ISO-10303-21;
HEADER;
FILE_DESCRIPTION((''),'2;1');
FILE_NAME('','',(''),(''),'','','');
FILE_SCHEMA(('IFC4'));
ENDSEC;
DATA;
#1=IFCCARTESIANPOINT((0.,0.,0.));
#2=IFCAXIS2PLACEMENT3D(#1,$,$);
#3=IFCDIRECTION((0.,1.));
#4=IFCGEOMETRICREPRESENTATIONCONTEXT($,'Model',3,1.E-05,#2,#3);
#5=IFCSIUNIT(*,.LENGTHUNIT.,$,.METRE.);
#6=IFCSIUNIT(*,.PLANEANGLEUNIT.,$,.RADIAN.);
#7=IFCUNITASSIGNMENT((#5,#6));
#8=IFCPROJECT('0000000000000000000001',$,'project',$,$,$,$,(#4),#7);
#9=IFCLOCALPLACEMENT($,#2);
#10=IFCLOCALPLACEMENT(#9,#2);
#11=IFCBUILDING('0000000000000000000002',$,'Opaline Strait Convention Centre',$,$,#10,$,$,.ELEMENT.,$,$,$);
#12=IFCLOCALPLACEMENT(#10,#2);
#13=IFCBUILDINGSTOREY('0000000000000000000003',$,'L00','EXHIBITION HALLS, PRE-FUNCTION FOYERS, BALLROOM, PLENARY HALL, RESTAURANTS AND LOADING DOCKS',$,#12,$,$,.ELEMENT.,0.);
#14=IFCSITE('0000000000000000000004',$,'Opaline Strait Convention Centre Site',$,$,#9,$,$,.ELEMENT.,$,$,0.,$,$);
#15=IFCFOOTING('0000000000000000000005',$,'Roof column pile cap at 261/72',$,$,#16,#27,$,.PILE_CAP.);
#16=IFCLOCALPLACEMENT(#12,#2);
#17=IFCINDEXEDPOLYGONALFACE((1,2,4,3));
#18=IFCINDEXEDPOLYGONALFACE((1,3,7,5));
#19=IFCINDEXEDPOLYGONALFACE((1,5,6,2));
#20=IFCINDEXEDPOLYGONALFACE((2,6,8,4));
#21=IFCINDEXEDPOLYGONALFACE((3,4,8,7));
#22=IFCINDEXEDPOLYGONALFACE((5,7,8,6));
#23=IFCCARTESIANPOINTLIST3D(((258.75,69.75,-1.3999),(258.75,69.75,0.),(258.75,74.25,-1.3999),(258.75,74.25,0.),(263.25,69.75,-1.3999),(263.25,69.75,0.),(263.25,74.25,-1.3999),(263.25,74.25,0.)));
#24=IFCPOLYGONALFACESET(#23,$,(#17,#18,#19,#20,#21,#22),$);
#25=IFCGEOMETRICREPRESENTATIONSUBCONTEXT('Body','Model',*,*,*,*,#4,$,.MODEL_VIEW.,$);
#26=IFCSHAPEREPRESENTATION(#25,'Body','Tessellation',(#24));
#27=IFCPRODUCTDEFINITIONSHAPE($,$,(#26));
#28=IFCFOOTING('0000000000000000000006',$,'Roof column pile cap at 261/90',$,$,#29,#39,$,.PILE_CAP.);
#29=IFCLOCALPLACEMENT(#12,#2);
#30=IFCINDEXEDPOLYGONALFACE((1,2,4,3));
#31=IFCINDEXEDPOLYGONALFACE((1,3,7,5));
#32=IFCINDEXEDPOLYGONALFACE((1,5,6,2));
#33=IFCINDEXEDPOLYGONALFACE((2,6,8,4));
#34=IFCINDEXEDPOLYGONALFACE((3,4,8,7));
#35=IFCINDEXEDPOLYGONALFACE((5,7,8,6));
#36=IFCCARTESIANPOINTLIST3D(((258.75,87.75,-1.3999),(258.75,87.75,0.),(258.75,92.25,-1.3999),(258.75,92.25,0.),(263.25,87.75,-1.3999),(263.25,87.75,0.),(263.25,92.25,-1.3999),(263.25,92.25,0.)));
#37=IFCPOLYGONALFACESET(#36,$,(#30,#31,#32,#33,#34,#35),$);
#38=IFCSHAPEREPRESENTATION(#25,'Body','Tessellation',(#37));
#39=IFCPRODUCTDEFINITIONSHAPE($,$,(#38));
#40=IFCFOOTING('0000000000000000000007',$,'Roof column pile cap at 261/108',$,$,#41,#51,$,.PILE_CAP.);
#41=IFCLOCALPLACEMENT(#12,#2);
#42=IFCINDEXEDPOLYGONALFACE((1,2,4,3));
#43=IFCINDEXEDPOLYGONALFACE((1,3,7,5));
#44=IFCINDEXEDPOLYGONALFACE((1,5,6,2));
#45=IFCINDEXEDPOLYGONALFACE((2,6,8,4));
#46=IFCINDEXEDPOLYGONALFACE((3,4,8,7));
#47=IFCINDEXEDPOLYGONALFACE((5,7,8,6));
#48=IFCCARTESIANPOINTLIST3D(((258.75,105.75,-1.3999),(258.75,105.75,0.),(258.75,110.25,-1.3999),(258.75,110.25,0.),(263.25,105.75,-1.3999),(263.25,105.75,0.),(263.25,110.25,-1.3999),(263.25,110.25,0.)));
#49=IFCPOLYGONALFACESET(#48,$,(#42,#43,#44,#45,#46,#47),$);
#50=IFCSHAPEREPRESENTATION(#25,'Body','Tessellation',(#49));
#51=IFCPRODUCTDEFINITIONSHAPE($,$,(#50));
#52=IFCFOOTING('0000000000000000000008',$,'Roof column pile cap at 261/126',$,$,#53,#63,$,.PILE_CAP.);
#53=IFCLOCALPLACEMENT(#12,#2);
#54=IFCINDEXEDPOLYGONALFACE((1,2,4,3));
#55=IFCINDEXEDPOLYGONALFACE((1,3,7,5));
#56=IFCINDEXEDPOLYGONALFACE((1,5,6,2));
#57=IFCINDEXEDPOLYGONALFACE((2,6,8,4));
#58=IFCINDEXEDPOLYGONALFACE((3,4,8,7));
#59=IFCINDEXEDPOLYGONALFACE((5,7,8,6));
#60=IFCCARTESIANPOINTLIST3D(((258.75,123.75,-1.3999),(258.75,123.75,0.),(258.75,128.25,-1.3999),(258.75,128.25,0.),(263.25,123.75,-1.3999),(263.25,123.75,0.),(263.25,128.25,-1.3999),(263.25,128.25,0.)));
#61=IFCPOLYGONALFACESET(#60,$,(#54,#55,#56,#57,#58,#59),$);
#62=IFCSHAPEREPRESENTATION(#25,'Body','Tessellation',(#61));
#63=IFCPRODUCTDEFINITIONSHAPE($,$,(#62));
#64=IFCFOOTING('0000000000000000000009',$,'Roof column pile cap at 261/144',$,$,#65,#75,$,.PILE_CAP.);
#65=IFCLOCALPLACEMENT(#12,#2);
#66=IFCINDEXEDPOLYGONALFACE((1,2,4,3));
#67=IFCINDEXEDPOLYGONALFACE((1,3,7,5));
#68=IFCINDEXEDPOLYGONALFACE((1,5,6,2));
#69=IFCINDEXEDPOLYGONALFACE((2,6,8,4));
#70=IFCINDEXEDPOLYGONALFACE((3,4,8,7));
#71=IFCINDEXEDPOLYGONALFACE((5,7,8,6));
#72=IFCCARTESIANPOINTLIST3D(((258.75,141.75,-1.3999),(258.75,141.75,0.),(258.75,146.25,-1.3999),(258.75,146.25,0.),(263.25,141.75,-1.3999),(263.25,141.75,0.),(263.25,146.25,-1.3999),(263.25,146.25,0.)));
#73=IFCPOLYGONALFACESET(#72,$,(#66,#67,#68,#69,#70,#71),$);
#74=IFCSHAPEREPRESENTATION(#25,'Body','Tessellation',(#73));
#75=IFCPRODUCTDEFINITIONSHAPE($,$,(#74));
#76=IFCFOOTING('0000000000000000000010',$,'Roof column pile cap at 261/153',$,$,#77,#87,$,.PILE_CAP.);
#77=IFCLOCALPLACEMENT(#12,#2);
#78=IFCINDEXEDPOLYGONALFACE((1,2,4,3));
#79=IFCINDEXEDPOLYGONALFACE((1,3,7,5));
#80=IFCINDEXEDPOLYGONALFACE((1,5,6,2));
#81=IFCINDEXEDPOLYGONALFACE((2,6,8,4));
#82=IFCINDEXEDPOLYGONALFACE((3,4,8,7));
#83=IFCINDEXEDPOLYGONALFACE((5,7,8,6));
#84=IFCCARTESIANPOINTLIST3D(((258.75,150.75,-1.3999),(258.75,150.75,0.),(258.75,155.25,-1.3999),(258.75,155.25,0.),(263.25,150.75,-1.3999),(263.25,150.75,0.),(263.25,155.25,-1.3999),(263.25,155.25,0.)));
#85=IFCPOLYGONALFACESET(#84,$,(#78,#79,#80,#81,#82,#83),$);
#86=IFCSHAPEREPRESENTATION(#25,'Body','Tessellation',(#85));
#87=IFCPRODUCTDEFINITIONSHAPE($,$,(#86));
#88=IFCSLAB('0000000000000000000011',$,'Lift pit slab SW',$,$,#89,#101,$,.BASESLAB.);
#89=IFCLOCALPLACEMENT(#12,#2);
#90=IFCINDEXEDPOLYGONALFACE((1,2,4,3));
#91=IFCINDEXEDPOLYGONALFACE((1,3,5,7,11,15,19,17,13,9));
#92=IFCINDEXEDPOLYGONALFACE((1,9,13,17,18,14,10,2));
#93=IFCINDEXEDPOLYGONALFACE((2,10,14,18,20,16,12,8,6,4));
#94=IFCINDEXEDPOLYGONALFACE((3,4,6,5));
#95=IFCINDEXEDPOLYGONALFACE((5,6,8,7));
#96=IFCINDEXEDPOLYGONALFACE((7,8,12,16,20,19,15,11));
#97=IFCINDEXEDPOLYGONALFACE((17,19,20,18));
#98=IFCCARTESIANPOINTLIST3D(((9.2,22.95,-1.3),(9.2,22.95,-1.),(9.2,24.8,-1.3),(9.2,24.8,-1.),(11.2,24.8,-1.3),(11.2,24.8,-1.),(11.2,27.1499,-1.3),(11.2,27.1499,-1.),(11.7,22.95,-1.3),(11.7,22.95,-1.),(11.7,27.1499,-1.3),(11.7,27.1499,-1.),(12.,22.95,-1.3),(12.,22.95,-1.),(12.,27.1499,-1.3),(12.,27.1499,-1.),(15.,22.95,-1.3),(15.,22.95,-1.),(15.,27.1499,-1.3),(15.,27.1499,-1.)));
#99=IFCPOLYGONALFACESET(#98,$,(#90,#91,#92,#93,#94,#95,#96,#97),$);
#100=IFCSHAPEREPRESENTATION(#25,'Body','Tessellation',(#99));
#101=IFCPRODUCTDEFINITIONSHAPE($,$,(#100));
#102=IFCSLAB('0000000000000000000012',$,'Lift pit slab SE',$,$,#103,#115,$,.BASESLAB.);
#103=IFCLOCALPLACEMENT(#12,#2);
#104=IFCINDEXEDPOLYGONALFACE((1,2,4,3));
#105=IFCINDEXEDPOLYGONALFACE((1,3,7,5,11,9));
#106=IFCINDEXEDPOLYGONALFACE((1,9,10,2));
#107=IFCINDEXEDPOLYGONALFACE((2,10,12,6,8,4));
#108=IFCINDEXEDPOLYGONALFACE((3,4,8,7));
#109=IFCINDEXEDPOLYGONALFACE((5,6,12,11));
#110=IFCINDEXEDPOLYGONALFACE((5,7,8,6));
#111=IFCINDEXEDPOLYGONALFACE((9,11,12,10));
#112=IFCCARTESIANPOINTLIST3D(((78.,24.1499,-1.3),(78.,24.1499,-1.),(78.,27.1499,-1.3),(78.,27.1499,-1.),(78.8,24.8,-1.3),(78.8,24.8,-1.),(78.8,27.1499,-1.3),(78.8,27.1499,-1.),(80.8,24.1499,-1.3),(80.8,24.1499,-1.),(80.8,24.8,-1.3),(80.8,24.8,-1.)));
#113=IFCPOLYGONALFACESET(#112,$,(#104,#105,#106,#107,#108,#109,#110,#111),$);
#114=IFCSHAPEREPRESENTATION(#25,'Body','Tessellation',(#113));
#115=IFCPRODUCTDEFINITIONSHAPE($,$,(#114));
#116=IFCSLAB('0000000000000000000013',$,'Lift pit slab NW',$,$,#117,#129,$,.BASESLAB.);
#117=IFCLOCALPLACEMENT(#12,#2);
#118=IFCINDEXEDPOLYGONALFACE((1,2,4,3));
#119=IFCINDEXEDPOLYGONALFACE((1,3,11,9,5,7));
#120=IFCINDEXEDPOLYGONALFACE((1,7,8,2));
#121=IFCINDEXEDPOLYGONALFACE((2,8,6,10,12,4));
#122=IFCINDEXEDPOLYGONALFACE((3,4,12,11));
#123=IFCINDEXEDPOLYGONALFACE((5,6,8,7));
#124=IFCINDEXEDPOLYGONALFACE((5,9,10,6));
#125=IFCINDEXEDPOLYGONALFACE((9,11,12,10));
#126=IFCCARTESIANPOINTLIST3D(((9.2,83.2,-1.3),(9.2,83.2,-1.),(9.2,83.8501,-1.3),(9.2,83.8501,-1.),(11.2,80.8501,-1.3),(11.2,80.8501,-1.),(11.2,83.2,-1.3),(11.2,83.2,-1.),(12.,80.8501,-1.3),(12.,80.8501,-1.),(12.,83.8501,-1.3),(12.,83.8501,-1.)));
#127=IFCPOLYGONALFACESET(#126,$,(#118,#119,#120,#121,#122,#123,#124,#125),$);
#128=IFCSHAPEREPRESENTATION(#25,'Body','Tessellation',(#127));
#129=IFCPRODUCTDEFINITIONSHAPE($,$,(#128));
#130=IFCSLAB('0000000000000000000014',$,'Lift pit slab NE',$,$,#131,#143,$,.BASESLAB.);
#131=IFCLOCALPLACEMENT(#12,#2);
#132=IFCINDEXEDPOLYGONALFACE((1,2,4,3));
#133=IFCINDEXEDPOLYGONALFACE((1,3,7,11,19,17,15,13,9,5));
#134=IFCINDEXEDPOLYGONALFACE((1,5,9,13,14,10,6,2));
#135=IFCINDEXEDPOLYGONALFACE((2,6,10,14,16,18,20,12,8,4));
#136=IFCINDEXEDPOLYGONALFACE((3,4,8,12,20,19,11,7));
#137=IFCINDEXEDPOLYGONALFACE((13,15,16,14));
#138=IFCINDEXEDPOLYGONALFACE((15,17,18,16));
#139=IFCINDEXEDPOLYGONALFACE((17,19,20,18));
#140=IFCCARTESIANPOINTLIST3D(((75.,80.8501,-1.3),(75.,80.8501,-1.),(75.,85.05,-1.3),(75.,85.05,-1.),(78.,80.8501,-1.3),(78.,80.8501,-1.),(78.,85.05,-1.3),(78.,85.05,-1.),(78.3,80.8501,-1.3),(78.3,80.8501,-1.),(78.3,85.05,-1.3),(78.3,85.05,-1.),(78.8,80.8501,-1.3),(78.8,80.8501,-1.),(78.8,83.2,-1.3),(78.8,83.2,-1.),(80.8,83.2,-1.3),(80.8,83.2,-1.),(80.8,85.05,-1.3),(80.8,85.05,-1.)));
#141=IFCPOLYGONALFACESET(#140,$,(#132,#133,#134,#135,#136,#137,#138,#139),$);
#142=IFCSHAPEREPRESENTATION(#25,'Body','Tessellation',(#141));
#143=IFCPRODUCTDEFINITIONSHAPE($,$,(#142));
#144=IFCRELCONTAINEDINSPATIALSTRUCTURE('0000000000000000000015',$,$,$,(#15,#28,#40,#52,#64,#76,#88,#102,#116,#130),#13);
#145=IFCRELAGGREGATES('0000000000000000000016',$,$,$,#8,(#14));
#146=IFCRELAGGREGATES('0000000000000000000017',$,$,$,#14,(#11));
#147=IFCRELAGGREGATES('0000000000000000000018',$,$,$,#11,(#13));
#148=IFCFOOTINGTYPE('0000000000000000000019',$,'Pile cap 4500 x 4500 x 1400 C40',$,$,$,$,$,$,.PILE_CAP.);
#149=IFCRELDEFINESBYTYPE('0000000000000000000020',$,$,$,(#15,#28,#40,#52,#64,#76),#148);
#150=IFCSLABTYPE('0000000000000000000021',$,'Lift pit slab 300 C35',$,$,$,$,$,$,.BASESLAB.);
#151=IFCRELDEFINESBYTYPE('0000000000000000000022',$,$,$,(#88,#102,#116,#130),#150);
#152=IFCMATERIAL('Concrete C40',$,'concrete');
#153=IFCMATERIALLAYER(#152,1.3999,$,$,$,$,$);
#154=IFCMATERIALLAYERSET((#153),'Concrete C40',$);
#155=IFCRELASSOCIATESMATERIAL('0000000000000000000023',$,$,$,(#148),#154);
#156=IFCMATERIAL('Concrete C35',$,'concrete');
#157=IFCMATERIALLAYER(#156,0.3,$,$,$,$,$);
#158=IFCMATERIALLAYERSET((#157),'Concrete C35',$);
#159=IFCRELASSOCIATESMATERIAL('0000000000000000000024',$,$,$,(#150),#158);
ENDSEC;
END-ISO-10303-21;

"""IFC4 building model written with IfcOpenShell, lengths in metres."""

from ifc_helpers import new_model, si_unit, direction, frame, origin, place, context, subcontext, project, spatial, polyline, outline, extrude, material, layer, layer_set, type_object, element, save


model = new_model("IFC4")

# Units and contexts
model_context = context("Model", 3, precision=1e-05, world=origin(), true_north=direction((0.0, 1.0)))
body_context = subcontext(model_context, "Body", "Model", "MODEL_VIEW")
ifc_project = project(units=[si_unit("LENGTHUNIT", "METRE"), si_unit("PLANEANGLEUNIT", "RADIAN")], contexts=[model_context])

# Site, building, storey
site_placement = place(None, origin())
site = spatial("IfcSite", under=ifc_project, at=site_placement, Name="Opaline Strait Convention Centre Site", CompositionType="ELEMENT", RefElevation=0.0)
building_placement = place(site_placement, origin())
building = spatial("IfcBuilding", under=site, at=building_placement, Name="Opaline Strait Convention Centre", CompositionType="ELEMENT")
storey_placement = place(building_placement, origin())
storey = spatial("IfcBuildingStorey", under=building, at=storey_placement, Name="L00", Description="EXHIBITION HALLS, PRE-FUNCTION FOYERS, BALLROOM, PLENARY HALL, RESTAURANTS AND LOADING DOCKS", CompositionType="ELEMENT", Elevation=0.0)

# Footings
ifc_material_1 = material(Name="Concrete C40", Category="concrete")
ifc_layer_1 = layer(ifc_material_1, 1.3999)
ifc_layer_set_1 = layer_set([ifc_layer_1], Name="Concrete C40")
footing_type_1 = type_object("IfcFootingType", Name="Pile cap 4500 x 4500 x 1400 C40", PredefinedType="PILE_CAP", material=ifc_layer_set_1)
footing_1_placement = place(storey_placement, frame((0.0, 0.0, -1.3999)))
element("IfcFooting", 1, at=footing_1_placement, inside=storey, type_object=footing_type_1, Name="Roof column pile cap at 261/72", PredefinedType="PILE_CAP", context=body_context, shape_type="SweptSolid", body=[
    extrude(outline(polyline([(258.75, 69.75), (263.25, 69.75), (263.25, 74.25), (258.75, 74.25), (258.75, 69.75)])), origin(), (0.0, 0.0, 1.0), 1.3999),
])
footing_2_placement = place(storey_placement, frame((0.0, 0.0, -1.3999)))
element("IfcFooting", 2, at=footing_2_placement, inside=storey, type_object=footing_type_1, Name="Roof column pile cap at 261/90", PredefinedType="PILE_CAP", context=body_context, shape_type="SweptSolid", body=[
    extrude(outline(polyline([(258.75, 87.75), (263.25, 87.75), (263.25, 92.25), (258.75, 92.25), (258.75, 87.75)])), origin(), (0.0, 0.0, 1.0), 1.3999),
])
footing_3_placement = place(storey_placement, frame((0.0, 0.0, -1.3999)))
element("IfcFooting", 3, at=footing_3_placement, inside=storey, type_object=footing_type_1, Name="Roof column pile cap at 261/108", PredefinedType="PILE_CAP", context=body_context, shape_type="SweptSolid", body=[
    extrude(outline(polyline([(258.75, 105.75), (263.25, 105.75), (263.25, 110.25), (258.75, 110.25), (258.75, 105.75)])), origin(), (0.0, 0.0, 1.0), 1.3999),
])
footing_4_placement = place(storey_placement, frame((0.0, 0.0, -1.3999)))
element("IfcFooting", 4, at=footing_4_placement, inside=storey, type_object=footing_type_1, Name="Roof column pile cap at 261/126", PredefinedType="PILE_CAP", context=body_context, shape_type="SweptSolid", body=[
    extrude(outline(polyline([(258.75, 123.75), (263.25, 123.75), (263.25, 128.25), (258.75, 128.25), (258.75, 123.75)])), origin(), (0.0, 0.0, 1.0), 1.3999),
])
footing_5_placement = place(storey_placement, frame((0.0, 0.0, -1.3999)))
element("IfcFooting", 5, at=footing_5_placement, inside=storey, type_object=footing_type_1, Name="Roof column pile cap at 261/144", PredefinedType="PILE_CAP", context=body_context, shape_type="SweptSolid", body=[
    extrude(outline(polyline([(258.75, 141.75), (263.25, 141.75), (263.25, 146.25), (258.75, 146.25), (258.75, 141.75)])), origin(), (0.0, 0.0, 1.0), 1.3999),
])
footing_6_placement = place(storey_placement, frame((0.0, 0.0, -1.3999)))
element("IfcFooting", 6, at=footing_6_placement, inside=storey, type_object=footing_type_1, Name="Roof column pile cap at 261/153", PredefinedType="PILE_CAP", context=body_context, shape_type="SweptSolid", body=[
    extrude(outline(polyline([(258.75, 150.75), (263.25, 150.75), (263.25, 155.25), (258.75, 155.25), (258.75, 150.75)])), origin(), (0.0, 0.0, 1.0), 1.3999),
])

# Slabs
ifc_material_2 = material(Name="Concrete C35", Category="concrete")
ifc_layer_2 = layer(ifc_material_2, 0.3)
ifc_layer_set_2 = layer_set([ifc_layer_2], Name="Concrete C35")
slab_type = type_object("IfcSlabType", Name="Lift pit slab 300 C35", PredefinedType="BASESLAB", material=ifc_layer_set_2)
slab_1_placement = place(storey_placement, frame((0.0, 0.0, -1.3)))
element("IfcSlab", 7, at=slab_1_placement, inside=storey, type_object=slab_type, Name="Lift pit slab SW", PredefinedType="BASESLAB", context=body_context, shape_type="SweptSolid", body=[
    extrude(outline(polyline([(15.0, 27.1499), (15.0, 22.95), (12.0, 22.95), (11.7, 22.95), (9.2, 22.95), (9.2, 24.8), (11.2, 24.8), (11.2, 27.1499), (11.7, 27.1499), (12.0, 27.1499), (15.0, 27.1499)])), origin(), (0.0, 0.0, 1.0), 0.3),
])
slab_2_placement = place(storey_placement, frame((0.0, 0.0, -1.3)))
element("IfcSlab", 8, at=slab_2_placement, inside=storey, type_object=slab_type, Name="Lift pit slab SE", PredefinedType="BASESLAB", context=body_context, shape_type="SweptSolid", body=[
    extrude(outline(polyline([(80.8, 24.1499), (78.0, 24.1499), (78.0, 27.1499), (78.8, 27.1499), (78.8, 24.8), (80.8, 24.8), (80.8, 24.1499)])), origin(), (0.0, 0.0, 1.0), 0.3),
])
slab_3_placement = place(storey_placement, frame((0.0, 0.0, -1.3)))
element("IfcSlab", 9, at=slab_3_placement, inside=storey, type_object=slab_type, Name="Lift pit slab NW", PredefinedType="BASESLAB", context=body_context, shape_type="SweptSolid", body=[
    extrude(outline(polyline([(9.2, 83.8501), (12.0, 83.8501), (12.0, 80.8501), (11.2, 80.8501), (11.2, 83.2), (9.2, 83.2), (9.2, 83.8501)])), origin(), (0.0, 0.0, 1.0), 0.3),
])
slab_4_placement = place(storey_placement, frame((0.0, 0.0, -1.3)))
element("IfcSlab", 10, at=slab_4_placement, inside=storey, type_object=slab_type, Name="Lift pit slab NE", PredefinedType="BASESLAB", context=body_context, shape_type="SweptSolid", body=[
    extrude(outline(polyline([(80.8, 85.05), (80.8, 83.2), (78.8, 83.2), (78.8, 80.8501), (78.3, 80.8501), (78.0, 80.8501), (75.0, 80.8501), (75.0, 85.05), (78.0, 85.05), (78.3, 85.05), (80.8, 85.05)])), origin(), (0.0, 0.0, 1.0), 0.3),
])

save(model, "model.ifc")
